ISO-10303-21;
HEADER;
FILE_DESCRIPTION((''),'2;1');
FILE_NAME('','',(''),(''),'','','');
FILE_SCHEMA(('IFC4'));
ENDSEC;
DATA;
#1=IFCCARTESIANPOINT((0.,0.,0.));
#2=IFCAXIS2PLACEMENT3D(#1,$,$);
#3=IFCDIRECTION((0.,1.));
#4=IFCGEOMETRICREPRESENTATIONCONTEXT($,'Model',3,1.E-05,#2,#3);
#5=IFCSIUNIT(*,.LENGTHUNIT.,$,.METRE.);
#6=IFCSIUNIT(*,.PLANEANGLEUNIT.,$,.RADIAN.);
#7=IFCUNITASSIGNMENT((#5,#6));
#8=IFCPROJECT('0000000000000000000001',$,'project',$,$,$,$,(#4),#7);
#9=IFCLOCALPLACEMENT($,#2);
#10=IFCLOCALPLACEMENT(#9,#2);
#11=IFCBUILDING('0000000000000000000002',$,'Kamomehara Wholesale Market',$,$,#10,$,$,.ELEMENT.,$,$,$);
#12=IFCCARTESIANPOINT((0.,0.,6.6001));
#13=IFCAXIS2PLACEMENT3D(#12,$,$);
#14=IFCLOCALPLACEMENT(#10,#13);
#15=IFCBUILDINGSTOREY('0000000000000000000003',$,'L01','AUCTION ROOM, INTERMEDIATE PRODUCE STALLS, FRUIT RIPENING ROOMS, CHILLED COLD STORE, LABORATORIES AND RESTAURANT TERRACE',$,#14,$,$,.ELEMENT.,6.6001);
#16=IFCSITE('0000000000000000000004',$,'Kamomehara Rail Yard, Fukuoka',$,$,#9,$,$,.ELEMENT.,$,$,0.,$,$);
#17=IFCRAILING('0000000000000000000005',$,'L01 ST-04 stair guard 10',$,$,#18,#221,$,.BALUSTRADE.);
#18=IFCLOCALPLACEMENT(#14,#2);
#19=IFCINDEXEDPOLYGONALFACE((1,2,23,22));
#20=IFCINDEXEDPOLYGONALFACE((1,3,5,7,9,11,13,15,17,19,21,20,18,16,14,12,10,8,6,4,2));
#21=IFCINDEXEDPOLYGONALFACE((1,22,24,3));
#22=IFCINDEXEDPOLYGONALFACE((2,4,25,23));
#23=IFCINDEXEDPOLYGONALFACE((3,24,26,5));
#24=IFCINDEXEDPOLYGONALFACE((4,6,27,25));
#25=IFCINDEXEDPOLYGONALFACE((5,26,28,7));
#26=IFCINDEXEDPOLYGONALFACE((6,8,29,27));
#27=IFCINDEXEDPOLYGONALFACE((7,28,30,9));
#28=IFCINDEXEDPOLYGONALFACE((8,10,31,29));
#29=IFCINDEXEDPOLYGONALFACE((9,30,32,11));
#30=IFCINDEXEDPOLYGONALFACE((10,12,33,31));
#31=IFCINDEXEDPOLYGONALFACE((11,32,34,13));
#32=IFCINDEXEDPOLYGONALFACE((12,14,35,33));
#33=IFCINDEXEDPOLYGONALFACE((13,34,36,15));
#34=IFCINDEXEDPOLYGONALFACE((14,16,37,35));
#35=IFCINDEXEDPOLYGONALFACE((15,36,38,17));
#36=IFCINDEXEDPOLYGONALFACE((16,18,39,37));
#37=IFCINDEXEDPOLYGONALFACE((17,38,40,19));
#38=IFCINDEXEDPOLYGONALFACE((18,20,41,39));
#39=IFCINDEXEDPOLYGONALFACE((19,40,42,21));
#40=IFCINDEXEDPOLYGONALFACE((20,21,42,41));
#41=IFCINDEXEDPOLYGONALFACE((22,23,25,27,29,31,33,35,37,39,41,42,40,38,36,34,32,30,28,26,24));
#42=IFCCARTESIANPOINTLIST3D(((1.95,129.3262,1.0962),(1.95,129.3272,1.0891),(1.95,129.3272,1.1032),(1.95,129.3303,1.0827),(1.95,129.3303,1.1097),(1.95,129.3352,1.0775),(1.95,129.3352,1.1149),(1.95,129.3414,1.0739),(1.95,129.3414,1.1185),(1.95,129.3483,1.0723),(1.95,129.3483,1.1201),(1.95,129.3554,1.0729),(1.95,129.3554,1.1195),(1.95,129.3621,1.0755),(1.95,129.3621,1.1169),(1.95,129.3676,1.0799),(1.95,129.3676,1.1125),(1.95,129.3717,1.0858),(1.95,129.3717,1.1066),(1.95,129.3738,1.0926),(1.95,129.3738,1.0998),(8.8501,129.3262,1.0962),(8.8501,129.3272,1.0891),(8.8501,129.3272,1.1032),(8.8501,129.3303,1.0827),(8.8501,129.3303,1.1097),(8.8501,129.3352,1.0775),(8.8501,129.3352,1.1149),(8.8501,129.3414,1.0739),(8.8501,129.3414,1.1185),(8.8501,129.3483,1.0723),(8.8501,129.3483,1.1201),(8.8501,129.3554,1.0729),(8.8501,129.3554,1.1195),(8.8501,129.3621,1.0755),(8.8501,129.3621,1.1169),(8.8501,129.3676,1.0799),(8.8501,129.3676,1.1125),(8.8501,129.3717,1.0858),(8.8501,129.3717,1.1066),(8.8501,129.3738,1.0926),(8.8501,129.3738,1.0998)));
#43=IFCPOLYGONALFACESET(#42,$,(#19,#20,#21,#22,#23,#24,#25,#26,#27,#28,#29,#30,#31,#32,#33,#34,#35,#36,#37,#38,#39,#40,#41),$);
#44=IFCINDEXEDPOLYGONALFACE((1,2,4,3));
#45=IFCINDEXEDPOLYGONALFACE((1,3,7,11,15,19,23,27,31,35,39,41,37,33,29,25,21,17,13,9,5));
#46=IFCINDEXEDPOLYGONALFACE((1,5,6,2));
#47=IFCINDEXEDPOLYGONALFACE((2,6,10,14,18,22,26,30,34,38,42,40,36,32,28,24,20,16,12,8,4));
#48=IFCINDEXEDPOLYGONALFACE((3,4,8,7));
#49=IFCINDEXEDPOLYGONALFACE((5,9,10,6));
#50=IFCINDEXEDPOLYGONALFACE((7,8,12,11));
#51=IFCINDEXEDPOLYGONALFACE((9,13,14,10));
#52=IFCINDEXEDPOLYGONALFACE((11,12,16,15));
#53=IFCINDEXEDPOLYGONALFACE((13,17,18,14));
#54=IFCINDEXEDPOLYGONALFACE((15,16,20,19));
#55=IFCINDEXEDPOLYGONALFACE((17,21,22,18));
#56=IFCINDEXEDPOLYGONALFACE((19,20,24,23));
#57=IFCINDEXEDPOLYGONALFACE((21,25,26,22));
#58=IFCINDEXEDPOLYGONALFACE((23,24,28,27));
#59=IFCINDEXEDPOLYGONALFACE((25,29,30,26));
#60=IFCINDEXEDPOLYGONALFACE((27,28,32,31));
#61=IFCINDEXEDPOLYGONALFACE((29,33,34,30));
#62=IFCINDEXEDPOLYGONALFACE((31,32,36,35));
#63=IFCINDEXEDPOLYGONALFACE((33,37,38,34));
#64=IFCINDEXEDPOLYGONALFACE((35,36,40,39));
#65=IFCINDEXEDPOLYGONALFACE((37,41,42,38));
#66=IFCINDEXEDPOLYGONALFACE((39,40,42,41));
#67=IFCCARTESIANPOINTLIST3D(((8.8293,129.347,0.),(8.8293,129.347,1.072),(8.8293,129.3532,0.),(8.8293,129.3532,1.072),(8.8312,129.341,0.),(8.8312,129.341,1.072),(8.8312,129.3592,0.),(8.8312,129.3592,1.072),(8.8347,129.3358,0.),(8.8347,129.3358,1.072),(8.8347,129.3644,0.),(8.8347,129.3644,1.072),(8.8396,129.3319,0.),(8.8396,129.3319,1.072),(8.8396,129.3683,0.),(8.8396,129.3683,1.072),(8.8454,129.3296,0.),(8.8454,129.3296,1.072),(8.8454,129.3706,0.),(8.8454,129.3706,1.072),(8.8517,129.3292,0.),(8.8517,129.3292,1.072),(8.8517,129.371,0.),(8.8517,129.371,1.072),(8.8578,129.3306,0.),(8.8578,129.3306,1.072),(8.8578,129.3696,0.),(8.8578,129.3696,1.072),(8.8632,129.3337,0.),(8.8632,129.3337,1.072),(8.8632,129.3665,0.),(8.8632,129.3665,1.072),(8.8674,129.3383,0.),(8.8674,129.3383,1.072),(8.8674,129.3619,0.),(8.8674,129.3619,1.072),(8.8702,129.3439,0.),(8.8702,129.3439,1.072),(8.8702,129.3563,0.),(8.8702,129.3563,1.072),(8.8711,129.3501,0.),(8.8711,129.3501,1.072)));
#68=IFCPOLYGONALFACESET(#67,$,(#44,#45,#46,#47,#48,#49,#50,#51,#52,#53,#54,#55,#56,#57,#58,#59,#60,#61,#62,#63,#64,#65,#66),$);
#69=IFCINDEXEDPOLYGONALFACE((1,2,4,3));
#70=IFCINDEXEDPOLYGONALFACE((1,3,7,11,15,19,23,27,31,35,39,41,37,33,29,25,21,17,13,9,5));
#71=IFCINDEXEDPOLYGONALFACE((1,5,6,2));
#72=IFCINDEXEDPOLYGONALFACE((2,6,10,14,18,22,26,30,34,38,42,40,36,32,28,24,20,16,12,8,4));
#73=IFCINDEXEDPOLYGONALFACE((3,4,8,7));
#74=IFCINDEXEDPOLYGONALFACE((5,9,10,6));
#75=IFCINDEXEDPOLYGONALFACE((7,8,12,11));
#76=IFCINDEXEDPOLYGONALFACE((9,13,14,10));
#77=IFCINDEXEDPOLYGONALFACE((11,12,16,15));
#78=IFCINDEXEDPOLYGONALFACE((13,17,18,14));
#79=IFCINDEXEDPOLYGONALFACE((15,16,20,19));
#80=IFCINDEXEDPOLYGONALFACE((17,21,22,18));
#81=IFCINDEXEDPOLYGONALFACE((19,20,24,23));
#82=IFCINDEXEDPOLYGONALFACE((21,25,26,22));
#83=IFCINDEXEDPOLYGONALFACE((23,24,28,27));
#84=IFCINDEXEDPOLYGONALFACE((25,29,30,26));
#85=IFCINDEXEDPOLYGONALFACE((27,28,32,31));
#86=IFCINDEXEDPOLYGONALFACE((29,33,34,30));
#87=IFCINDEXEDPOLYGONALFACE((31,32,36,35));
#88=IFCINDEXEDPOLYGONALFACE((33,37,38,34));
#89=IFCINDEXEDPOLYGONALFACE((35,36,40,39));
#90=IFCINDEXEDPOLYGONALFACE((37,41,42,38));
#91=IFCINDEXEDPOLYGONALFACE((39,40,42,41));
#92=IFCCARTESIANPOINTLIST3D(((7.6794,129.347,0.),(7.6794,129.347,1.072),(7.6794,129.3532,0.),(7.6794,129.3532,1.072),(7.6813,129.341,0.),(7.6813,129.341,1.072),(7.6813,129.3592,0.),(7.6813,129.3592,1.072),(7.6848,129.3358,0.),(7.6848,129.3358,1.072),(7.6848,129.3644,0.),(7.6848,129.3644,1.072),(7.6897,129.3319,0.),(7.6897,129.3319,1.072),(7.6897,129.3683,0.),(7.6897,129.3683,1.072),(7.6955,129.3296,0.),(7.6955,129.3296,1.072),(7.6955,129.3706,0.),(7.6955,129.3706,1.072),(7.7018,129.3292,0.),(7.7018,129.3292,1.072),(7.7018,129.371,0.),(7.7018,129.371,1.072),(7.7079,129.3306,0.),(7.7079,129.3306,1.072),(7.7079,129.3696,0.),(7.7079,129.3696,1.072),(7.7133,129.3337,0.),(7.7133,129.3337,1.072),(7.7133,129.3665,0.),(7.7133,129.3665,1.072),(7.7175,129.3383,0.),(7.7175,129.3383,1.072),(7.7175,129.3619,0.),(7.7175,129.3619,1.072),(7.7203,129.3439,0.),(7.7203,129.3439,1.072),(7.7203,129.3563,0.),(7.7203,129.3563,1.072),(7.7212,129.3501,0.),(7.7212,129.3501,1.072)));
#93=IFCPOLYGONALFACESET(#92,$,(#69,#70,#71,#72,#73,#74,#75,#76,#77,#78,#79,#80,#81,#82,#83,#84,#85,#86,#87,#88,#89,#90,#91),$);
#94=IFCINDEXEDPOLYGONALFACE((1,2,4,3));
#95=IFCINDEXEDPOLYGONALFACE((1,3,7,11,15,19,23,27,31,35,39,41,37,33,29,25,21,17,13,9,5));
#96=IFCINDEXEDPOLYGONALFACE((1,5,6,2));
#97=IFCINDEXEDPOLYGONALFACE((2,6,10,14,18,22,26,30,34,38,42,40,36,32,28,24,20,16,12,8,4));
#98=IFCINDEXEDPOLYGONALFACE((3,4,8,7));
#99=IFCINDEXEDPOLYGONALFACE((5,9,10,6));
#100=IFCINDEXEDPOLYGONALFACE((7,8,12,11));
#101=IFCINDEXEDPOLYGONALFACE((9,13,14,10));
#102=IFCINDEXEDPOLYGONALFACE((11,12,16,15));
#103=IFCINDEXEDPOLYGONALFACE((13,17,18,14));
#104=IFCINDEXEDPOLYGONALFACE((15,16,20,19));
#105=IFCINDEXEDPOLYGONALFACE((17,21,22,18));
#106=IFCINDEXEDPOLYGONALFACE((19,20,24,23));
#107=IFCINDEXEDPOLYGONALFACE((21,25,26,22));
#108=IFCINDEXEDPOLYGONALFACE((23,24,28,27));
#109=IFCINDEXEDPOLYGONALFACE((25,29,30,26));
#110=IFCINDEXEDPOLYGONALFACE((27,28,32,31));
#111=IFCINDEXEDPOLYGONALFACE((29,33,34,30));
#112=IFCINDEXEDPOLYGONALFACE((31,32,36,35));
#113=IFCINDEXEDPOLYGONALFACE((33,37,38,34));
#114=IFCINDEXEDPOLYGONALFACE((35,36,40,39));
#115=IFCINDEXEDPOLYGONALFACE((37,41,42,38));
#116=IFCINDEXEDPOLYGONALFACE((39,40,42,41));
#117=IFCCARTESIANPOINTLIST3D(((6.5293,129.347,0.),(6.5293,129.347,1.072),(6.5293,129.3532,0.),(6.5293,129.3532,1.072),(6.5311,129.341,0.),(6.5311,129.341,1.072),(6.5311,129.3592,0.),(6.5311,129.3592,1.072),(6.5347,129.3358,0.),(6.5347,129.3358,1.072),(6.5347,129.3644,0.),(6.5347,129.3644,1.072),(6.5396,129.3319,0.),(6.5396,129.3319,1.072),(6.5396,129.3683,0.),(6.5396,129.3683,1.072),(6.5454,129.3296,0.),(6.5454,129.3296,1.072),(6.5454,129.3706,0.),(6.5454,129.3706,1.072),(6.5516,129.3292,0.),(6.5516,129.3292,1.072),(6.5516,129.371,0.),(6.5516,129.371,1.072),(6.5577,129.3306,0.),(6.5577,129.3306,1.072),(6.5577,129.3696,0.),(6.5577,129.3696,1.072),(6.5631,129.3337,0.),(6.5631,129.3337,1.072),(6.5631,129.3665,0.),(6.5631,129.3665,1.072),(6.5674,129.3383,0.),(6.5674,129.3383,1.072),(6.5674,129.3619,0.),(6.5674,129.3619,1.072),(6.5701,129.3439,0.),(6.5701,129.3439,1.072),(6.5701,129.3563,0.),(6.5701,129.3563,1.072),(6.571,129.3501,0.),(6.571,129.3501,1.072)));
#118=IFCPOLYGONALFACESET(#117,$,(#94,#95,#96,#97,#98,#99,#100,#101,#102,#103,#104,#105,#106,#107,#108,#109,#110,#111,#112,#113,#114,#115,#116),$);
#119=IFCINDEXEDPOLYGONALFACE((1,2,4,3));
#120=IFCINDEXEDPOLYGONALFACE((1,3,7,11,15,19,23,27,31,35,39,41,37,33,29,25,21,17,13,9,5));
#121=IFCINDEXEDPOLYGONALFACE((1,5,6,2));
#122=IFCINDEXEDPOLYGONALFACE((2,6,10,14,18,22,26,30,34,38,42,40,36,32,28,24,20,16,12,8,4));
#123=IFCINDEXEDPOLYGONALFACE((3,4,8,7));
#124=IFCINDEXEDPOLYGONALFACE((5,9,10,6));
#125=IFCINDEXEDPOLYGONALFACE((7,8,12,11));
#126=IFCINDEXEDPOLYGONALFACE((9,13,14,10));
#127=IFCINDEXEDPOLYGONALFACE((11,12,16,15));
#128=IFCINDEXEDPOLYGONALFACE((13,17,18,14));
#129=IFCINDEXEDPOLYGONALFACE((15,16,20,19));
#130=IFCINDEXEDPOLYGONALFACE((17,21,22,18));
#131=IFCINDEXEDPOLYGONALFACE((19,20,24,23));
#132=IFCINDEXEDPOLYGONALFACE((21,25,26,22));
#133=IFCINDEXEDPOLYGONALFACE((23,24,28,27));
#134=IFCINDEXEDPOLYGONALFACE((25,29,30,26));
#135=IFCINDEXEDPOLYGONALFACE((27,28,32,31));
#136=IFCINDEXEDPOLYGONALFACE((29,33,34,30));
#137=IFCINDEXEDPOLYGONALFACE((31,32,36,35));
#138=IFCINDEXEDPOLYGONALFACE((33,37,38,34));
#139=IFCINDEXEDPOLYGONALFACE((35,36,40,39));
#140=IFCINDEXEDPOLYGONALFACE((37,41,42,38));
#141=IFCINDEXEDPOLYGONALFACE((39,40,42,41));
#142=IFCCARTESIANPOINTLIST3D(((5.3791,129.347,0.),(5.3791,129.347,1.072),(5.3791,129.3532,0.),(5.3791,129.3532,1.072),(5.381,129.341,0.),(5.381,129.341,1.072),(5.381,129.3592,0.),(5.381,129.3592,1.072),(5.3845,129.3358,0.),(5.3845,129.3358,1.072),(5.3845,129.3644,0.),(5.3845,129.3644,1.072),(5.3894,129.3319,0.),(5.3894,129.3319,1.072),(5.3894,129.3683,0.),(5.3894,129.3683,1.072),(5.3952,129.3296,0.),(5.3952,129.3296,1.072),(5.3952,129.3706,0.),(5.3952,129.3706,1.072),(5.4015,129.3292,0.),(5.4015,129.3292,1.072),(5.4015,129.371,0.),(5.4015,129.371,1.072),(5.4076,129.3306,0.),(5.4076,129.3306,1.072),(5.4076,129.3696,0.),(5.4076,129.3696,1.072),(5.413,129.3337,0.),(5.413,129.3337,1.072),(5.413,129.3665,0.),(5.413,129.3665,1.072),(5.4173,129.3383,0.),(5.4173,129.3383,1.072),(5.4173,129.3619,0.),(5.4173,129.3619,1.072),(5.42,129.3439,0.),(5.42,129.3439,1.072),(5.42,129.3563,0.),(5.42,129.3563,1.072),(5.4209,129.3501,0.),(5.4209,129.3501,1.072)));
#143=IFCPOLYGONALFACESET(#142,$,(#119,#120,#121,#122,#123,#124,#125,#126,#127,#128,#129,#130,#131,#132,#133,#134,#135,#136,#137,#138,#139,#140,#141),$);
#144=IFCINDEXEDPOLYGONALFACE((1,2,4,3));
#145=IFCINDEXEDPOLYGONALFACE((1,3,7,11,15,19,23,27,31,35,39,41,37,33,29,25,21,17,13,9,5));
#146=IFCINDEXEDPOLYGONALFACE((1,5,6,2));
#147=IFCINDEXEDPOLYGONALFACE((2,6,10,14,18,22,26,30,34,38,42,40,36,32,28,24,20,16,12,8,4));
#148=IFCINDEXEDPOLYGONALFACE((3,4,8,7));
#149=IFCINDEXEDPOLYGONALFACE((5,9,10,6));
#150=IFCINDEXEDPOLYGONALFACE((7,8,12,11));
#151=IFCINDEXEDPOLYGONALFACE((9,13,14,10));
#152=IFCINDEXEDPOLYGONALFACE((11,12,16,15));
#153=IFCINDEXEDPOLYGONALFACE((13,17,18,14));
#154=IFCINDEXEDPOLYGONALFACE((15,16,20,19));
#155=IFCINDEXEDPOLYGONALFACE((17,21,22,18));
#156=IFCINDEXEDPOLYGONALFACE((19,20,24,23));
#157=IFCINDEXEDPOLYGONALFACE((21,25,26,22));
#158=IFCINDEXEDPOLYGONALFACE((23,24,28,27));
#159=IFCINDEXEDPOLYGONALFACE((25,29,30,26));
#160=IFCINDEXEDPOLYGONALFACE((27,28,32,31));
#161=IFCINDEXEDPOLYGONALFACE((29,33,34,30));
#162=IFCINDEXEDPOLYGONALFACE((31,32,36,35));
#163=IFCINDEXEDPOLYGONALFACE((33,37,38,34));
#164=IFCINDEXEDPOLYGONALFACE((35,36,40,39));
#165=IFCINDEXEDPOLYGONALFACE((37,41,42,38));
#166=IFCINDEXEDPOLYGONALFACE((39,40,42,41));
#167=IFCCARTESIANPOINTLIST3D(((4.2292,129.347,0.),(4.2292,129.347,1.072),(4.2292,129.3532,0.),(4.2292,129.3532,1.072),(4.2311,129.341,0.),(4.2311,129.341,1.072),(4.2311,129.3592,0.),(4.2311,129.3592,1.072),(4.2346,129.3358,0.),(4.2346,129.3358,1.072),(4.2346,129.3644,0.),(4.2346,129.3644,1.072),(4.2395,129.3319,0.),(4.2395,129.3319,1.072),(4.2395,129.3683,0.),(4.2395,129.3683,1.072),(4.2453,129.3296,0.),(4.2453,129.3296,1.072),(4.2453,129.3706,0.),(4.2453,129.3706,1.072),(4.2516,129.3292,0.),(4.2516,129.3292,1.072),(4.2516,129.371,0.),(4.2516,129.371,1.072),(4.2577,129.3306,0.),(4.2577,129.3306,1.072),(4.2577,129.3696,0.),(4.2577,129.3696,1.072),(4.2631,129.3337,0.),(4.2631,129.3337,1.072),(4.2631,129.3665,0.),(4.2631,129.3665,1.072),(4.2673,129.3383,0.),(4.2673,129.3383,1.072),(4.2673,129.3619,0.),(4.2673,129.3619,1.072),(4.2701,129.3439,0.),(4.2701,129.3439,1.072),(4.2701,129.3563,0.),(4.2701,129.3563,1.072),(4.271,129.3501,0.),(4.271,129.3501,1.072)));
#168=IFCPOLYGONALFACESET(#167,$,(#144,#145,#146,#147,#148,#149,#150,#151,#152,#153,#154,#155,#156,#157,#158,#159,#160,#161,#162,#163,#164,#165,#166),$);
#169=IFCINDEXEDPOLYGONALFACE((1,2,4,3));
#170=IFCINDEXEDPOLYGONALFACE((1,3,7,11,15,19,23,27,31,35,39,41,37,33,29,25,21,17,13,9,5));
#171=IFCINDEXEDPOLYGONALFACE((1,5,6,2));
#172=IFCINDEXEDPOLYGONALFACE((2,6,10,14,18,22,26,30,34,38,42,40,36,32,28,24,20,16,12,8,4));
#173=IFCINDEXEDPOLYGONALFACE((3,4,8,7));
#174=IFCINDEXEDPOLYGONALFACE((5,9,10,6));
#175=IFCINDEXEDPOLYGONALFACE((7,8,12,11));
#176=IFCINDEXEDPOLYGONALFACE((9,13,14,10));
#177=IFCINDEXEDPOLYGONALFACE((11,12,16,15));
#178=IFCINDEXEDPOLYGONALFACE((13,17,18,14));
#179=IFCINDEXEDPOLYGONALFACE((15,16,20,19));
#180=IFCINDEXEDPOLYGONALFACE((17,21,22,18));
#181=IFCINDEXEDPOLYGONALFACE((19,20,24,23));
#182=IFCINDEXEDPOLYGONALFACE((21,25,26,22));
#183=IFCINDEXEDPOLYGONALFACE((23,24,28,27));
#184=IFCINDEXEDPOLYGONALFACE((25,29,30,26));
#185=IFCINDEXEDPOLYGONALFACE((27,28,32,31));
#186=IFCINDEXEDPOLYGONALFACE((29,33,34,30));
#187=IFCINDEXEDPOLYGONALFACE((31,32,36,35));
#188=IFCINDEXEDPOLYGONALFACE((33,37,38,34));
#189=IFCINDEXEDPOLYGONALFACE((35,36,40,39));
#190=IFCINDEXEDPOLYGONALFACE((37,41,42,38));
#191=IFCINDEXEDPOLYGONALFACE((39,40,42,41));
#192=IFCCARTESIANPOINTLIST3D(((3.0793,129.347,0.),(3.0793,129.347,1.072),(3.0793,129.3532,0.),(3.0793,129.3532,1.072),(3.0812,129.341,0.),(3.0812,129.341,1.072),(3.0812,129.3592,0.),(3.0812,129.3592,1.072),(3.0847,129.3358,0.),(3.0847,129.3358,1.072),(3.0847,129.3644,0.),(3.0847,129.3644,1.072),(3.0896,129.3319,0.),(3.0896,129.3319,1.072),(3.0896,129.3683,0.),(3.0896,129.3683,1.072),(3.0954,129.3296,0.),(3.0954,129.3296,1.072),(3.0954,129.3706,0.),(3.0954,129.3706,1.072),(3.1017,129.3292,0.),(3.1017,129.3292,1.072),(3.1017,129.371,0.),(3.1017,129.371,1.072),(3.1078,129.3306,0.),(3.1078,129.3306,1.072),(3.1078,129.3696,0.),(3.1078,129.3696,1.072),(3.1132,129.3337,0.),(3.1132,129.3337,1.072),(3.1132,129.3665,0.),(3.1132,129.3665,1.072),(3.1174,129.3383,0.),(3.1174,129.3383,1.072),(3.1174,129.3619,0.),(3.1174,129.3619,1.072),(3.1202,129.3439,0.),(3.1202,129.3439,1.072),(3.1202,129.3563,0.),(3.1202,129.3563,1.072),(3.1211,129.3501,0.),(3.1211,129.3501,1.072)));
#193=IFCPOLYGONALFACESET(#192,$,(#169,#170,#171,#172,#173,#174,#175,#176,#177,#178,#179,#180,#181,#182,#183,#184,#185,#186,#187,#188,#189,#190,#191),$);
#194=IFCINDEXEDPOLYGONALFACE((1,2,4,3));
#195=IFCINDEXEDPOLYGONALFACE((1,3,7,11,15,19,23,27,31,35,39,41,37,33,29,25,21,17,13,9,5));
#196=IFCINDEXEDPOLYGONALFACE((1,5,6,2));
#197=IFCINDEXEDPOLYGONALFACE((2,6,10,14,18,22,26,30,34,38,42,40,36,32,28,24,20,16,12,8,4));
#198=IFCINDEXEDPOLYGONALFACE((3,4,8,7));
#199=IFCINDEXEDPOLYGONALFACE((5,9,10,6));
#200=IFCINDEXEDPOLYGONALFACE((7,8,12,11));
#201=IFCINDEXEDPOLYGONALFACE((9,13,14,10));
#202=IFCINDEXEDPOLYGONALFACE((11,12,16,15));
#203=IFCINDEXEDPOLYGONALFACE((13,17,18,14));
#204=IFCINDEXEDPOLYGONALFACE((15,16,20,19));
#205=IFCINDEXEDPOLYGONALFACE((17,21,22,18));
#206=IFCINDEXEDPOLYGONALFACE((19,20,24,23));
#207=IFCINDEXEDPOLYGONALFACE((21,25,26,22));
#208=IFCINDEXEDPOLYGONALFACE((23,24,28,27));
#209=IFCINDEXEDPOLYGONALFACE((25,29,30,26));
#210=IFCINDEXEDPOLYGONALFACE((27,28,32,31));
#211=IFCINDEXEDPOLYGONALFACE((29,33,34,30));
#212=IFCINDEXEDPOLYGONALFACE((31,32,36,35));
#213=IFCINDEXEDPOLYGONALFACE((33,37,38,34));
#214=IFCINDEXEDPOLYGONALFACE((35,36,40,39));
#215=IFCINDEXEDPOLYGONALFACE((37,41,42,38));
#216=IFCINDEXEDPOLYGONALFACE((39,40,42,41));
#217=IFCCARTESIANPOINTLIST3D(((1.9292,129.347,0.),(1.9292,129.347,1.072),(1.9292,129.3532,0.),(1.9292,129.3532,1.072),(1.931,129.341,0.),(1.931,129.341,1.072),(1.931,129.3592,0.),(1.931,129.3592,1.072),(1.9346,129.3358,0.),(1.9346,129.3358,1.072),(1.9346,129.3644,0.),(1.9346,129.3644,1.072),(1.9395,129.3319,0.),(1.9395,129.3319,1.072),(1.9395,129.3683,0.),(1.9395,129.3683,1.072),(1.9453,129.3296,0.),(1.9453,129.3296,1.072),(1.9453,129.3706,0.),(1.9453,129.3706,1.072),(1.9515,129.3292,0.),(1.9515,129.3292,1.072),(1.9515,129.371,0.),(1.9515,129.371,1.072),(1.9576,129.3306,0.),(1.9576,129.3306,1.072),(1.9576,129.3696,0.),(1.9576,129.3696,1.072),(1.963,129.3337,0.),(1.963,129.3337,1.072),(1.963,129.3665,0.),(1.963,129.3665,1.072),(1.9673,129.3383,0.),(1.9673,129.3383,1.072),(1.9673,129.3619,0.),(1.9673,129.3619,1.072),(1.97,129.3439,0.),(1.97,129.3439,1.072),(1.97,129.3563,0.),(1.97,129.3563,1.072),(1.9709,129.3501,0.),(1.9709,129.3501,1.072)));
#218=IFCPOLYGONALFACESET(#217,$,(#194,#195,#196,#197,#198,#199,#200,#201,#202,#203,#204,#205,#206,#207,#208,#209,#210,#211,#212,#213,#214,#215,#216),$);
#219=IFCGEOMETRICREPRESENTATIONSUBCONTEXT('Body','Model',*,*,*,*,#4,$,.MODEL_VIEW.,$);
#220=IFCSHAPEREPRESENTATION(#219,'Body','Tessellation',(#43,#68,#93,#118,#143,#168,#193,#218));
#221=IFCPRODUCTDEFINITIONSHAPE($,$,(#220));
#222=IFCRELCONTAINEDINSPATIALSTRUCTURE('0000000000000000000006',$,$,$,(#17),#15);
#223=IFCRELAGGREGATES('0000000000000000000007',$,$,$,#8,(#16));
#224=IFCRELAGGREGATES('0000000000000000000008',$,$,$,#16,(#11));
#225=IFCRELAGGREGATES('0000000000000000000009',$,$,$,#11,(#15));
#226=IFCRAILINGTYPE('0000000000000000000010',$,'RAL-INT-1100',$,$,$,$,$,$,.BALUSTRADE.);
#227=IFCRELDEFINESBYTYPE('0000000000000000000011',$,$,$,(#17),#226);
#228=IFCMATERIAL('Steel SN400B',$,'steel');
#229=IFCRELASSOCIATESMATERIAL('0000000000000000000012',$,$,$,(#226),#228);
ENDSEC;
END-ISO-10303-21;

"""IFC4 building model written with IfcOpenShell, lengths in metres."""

from ifc_helpers import new_model, si_unit, direction, frame, origin, origin_2d, place, context, subcontext, project, spatial, circle, extrude, material, type_object, element, save


model = new_model("IFC4")

# Units and contexts
model_context = context("Model", 3, precision=1e-05, world=origin(), true_north=direction((0.0, 1.0)))
body_context = subcontext(model_context, "Body", "Model", "MODEL_VIEW")
ifc_project = project(units=[si_unit("LENGTHUNIT", "METRE"), si_unit("PLANEANGLEUNIT", "RADIAN")], contexts=[model_context])

# Site, building, storey
site_placement = place(None, origin())
site = spatial("IfcSite", under=ifc_project, at=site_placement, Name="Kamomehara Rail Yard, Fukuoka", CompositionType="ELEMENT", RefElevation=0.0)
building_placement = place(site_placement, origin())
building = spatial("IfcBuilding", under=site, at=building_placement, Name="Kamomehara Wholesale Market", CompositionType="ELEMENT")
storey_placement = place(building_placement, frame((0.0, 0.0, 6.6001)))
storey = spatial("IfcBuildingStorey", under=building, at=storey_placement, Name="L01", Description="AUCTION ROOM, INTERMEDIATE PRODUCE STALLS, FRUIT RIPENING ROOMS, CHILLED COLD STORE, LABORATORIES AND RESTAURANT TERRACE", CompositionType="ELEMENT", Elevation=6.6001)

# Railing
ifc_material_1 = material(Name="Steel SN400B", Category="steel")
railing_type_1 = type_object("IfcRailingType", Name="RAL-INT-1100", PredefinedType="BALUSTRADE", material=ifc_material_1)
railing_1_placement = place(storey_placement, frame((8.8501, 129.3501, 0.0)))
element("IfcRailing", 1, at=railing_1_placement, inside=storey, type_object=railing_type_1, Name="L01 ST-04 stair guard 10", PredefinedType="BALUSTRADE", context=body_context, shape_type="SweptSolid", body=[
    extrude(circle(Radius=0.0239, at=origin_2d()), frame((0.0, 0.0, 1.0962), z_axis=(-1.0, 0.0, 0.0), x_axis=(0.0, -1.0, 0.0)), (0.0, 0.0, 1.0), 6.9001),
    extrude(circle(Radius=0.021, at=origin_2d()), origin(), (0.0, 0.0, 1.0), 1.072),
    extrude(circle(Radius=0.021, at=origin_2d()), frame((-1.1499, 0.0, 0.0)), (0.0, 0.0, 1.0), 1.072),
    extrude(circle(Radius=0.021, at=origin_2d()), frame((-2.3, 0.0, 0.0)), (0.0, 0.0, 1.0), 1.072),
    extrude(circle(Radius=0.021, at=origin_2d()), frame((-3.4502, 0.0, 0.0)), (0.0, 0.0, 1.0), 1.072),
    extrude(circle(Radius=0.021, at=origin_2d()), frame((-4.6001, 0.0, 0.0)), (0.0, 0.0, 1.0), 1.072),
    extrude(circle(Radius=0.021, at=origin_2d()), frame((-5.75, 0.0, 0.0)), (0.0, 0.0, 1.0), 1.072),
    extrude(circle(Radius=0.021, at=origin_2d()), frame((-6.9001, 0.0, 0.0)), (0.0, 0.0, 1.0), 1.072),
])

save(model, "model.ifc")
